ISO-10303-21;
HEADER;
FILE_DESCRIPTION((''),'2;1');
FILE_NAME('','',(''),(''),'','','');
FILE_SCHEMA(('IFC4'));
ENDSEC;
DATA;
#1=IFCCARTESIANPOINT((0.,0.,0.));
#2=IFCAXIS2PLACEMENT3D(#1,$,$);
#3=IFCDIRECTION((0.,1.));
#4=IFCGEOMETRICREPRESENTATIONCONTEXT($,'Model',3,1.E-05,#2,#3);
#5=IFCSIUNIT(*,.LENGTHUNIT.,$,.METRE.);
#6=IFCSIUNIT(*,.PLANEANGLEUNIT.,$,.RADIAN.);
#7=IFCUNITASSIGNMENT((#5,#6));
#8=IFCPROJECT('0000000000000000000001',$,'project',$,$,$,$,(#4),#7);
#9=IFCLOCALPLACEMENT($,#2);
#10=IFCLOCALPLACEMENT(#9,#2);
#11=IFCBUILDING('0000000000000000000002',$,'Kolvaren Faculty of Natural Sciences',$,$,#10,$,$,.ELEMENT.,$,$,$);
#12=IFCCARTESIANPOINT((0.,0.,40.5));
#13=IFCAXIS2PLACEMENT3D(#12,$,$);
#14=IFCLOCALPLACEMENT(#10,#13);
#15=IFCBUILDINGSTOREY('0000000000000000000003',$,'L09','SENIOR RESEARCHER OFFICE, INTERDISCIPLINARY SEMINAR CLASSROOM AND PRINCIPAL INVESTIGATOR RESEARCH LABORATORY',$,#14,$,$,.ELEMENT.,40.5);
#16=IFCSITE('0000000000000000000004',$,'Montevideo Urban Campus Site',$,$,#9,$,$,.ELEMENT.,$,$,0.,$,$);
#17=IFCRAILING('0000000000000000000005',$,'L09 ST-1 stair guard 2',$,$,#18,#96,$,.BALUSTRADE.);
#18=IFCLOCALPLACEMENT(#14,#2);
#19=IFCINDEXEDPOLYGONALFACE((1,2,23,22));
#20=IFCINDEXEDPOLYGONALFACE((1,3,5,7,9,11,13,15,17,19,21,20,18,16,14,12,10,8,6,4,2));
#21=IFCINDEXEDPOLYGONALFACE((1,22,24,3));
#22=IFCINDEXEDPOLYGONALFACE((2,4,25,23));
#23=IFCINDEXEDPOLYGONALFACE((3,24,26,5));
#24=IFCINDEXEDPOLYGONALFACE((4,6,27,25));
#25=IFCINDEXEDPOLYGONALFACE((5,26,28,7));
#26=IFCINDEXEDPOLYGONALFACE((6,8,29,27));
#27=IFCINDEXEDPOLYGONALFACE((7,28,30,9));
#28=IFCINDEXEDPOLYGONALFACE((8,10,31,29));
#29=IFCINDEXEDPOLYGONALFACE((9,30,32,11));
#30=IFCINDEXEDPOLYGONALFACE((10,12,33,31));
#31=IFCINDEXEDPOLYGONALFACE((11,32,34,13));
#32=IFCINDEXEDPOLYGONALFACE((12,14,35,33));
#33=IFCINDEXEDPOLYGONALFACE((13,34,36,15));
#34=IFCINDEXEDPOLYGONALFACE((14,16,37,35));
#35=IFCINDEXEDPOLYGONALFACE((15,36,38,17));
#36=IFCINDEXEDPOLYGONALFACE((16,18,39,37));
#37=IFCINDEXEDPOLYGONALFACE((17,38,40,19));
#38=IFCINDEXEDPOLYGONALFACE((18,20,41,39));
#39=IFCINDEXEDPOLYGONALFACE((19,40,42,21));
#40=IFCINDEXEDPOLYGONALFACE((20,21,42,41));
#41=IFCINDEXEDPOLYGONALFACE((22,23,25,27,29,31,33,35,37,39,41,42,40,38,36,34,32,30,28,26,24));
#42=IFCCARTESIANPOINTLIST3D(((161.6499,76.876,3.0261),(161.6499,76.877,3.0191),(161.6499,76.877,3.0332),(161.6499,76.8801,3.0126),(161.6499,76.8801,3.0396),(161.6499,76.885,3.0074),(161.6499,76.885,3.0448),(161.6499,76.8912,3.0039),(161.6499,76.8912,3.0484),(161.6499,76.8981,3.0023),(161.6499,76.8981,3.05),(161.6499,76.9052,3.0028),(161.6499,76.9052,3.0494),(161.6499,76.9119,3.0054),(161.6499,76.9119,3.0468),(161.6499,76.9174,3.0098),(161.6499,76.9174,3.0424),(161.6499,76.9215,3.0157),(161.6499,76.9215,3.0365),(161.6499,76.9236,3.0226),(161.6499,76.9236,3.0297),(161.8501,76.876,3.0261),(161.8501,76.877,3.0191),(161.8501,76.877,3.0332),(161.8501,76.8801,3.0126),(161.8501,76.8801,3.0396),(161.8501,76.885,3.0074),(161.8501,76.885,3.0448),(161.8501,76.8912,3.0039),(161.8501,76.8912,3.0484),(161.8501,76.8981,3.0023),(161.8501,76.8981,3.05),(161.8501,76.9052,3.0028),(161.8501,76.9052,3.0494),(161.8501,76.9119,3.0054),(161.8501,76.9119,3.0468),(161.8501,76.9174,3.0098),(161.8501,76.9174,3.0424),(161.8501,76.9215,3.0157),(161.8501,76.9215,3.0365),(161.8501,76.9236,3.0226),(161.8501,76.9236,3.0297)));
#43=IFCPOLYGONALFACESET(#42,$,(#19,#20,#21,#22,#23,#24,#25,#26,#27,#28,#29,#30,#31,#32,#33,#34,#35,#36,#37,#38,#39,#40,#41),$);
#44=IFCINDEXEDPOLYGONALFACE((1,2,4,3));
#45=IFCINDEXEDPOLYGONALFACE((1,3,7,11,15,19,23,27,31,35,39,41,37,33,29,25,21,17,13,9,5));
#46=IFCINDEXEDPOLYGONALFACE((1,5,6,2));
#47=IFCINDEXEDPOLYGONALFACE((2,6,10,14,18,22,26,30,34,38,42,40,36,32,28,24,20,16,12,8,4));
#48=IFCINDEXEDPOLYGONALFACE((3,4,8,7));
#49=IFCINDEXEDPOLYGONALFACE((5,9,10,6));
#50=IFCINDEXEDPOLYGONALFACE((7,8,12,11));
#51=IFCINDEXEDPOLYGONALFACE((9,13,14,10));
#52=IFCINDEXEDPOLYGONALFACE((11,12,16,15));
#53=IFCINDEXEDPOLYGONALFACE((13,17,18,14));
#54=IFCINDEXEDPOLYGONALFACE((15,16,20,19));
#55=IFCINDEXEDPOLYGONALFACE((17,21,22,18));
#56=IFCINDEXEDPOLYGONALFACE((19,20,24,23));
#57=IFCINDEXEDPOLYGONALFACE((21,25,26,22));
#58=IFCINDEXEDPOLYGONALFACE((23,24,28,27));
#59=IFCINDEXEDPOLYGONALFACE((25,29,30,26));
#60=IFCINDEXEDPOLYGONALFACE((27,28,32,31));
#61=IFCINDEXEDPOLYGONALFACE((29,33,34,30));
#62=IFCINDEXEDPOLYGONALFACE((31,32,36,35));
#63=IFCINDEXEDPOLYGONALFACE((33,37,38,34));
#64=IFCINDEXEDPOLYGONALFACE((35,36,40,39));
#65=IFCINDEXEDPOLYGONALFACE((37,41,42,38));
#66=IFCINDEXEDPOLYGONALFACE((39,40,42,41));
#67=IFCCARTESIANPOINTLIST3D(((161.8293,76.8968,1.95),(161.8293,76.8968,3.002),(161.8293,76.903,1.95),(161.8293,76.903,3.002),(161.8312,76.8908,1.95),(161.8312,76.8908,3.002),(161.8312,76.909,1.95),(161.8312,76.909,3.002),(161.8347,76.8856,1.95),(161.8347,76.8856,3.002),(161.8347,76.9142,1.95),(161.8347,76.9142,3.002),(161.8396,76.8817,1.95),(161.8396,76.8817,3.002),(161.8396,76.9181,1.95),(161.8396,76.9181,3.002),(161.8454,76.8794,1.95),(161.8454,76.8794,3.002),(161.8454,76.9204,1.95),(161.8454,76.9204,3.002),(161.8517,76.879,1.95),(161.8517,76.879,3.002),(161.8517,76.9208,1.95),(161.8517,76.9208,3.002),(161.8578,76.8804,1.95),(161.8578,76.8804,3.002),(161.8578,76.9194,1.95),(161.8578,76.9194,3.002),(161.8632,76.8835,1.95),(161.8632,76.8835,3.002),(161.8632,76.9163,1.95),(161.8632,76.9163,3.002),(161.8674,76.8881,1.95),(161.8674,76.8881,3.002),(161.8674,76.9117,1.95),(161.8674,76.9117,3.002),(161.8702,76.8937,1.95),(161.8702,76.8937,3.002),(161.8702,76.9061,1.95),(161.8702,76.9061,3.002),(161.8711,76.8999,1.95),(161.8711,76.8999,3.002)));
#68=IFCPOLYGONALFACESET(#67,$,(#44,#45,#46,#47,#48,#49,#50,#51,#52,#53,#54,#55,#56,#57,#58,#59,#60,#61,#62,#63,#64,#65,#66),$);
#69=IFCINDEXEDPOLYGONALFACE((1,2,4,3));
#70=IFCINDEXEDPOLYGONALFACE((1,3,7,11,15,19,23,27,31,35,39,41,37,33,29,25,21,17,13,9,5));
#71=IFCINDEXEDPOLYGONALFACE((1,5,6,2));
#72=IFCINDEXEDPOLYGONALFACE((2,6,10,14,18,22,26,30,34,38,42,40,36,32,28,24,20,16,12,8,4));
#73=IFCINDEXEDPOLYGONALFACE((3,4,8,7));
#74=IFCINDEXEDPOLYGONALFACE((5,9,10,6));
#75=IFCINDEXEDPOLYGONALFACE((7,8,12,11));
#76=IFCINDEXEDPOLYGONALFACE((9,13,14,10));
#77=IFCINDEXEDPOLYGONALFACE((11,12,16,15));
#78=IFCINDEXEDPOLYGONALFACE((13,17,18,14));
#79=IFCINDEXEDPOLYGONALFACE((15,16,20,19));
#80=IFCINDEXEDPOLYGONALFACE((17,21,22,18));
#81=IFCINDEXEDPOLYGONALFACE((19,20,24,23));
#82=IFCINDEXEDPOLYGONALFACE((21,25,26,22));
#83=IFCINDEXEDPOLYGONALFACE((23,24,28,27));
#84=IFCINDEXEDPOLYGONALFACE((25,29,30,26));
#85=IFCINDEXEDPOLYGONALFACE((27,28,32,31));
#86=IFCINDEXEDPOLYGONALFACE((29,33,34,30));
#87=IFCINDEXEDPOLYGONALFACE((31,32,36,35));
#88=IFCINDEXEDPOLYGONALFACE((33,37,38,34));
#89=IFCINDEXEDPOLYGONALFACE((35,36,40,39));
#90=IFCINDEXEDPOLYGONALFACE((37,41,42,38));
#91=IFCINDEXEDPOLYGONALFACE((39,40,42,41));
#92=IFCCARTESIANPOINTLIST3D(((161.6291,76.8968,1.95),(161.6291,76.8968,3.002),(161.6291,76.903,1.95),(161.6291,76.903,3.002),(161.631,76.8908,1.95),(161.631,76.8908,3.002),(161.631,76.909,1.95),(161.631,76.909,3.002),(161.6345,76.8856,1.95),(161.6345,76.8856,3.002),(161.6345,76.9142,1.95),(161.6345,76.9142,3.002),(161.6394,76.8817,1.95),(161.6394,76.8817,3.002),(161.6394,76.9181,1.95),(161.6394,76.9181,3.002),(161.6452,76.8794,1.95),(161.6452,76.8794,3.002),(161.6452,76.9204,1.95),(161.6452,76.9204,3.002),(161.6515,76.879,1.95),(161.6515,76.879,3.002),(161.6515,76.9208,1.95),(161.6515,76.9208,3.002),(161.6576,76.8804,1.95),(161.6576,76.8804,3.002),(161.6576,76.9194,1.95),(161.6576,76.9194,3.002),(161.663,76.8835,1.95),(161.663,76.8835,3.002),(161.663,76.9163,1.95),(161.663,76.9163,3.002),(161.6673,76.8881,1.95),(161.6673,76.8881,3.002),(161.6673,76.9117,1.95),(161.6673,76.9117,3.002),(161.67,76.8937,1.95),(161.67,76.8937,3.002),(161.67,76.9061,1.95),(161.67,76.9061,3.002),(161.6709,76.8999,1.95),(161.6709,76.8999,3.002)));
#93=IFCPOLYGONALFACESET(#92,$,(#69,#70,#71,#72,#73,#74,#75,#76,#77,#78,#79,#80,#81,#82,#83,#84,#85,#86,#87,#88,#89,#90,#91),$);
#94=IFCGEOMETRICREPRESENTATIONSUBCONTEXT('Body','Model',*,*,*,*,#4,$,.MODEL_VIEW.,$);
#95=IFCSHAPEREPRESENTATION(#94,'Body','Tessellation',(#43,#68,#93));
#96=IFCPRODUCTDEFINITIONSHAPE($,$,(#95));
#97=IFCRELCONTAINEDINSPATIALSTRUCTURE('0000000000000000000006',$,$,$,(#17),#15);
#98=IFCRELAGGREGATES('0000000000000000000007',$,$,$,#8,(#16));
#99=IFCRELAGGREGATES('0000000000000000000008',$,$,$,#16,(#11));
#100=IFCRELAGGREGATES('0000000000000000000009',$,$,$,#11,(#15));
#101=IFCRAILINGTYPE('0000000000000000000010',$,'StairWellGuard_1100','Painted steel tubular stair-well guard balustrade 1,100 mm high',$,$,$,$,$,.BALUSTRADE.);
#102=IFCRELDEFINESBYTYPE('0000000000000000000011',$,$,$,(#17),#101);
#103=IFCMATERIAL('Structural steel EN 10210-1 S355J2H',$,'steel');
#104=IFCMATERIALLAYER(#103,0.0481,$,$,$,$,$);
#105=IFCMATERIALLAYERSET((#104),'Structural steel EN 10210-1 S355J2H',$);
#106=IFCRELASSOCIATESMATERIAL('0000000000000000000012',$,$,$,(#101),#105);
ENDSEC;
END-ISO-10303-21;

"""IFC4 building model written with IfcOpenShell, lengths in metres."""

from ifc_helpers import new_model, si_unit, direction, frame, origin, origin_2d, place, context, subcontext, project, spatial, circle, extrude, material, layer, layer_set, type_object, element, save


model = new_model("IFC4")

# Units and contexts
model_context = context("Model", 3, precision=1e-05, world=origin(), true_north=direction((0.0, 1.0)))
body_context = subcontext(model_context, "Body", "Model", "MODEL_VIEW")
ifc_project = project(units=[si_unit("LENGTHUNIT", "METRE"), si_unit("PLANEANGLEUNIT", "RADIAN")], contexts=[model_context])

# Site, building, storey
site_placement = place(None, origin())
site = spatial("IfcSite", under=ifc_project, at=site_placement, Name="Montevideo Urban Campus Site", CompositionType="ELEMENT", RefElevation=0.0)
building_placement = place(site_placement, origin())
building = spatial("IfcBuilding", under=site, at=building_placement, Name="Kolvaren Faculty of Natural Sciences", CompositionType="ELEMENT")
storey_placement = place(building_placement, frame((0.0, 0.0, 40.5)))
storey = spatial("IfcBuildingStorey", under=building, at=storey_placement, Name="L09", Description="SENIOR RESEARCHER OFFICE, INTERDISCIPLINARY SEMINAR CLASSROOM AND PRINCIPAL INVESTIGATOR RESEARCH LABORATORY", CompositionType="ELEMENT", Elevation=40.5)

# Railing
ifc_material_1 = material(Name="Structural steel EN 10210-1 S355J2H", Category="steel")
ifc_layer_1 = layer(ifc_material_1, 0.0481)
ifc_layer_set_1 = layer_set([ifc_layer_1], Name="Structural steel EN 10210-1 S355J2H")
railing_type_1 = type_object("IfcRailingType", Name="StairWellGuard_1100", Description="Painted steel tubular stair-well guard balustrade 1,100 mm high", PredefinedType="BALUSTRADE", material=ifc_layer_set_1)
railing_1_placement = place(storey_placement, frame((161.8501, 76.8999, 1.95)))
element("IfcRailing", 1, at=railing_1_placement, inside=storey, type_object=railing_type_1, Name="L09 ST-1 stair guard 2", PredefinedType="BALUSTRADE", context=body_context, shape_type="SweptSolid", body=[
    extrude(circle(Radius=0.0239, at=origin_2d()), frame((0.0, 0.0, 1.0762), z_axis=(-1.0, 0.0, 0.0), x_axis=(0.0, -1.0, 0.0)), (0.0, 0.0, 1.0), 0.2002),
    extrude(circle(Radius=0.021, at=origin_2d()), origin(), (0.0, 0.0, 1.0), 1.052),
    extrude(circle(Radius=0.021, at=origin_2d()), frame((-0.2002, 0.0, 0.0)), (0.0, 0.0, 1.0), 1.052),
])

save(model, "model.ifc")
